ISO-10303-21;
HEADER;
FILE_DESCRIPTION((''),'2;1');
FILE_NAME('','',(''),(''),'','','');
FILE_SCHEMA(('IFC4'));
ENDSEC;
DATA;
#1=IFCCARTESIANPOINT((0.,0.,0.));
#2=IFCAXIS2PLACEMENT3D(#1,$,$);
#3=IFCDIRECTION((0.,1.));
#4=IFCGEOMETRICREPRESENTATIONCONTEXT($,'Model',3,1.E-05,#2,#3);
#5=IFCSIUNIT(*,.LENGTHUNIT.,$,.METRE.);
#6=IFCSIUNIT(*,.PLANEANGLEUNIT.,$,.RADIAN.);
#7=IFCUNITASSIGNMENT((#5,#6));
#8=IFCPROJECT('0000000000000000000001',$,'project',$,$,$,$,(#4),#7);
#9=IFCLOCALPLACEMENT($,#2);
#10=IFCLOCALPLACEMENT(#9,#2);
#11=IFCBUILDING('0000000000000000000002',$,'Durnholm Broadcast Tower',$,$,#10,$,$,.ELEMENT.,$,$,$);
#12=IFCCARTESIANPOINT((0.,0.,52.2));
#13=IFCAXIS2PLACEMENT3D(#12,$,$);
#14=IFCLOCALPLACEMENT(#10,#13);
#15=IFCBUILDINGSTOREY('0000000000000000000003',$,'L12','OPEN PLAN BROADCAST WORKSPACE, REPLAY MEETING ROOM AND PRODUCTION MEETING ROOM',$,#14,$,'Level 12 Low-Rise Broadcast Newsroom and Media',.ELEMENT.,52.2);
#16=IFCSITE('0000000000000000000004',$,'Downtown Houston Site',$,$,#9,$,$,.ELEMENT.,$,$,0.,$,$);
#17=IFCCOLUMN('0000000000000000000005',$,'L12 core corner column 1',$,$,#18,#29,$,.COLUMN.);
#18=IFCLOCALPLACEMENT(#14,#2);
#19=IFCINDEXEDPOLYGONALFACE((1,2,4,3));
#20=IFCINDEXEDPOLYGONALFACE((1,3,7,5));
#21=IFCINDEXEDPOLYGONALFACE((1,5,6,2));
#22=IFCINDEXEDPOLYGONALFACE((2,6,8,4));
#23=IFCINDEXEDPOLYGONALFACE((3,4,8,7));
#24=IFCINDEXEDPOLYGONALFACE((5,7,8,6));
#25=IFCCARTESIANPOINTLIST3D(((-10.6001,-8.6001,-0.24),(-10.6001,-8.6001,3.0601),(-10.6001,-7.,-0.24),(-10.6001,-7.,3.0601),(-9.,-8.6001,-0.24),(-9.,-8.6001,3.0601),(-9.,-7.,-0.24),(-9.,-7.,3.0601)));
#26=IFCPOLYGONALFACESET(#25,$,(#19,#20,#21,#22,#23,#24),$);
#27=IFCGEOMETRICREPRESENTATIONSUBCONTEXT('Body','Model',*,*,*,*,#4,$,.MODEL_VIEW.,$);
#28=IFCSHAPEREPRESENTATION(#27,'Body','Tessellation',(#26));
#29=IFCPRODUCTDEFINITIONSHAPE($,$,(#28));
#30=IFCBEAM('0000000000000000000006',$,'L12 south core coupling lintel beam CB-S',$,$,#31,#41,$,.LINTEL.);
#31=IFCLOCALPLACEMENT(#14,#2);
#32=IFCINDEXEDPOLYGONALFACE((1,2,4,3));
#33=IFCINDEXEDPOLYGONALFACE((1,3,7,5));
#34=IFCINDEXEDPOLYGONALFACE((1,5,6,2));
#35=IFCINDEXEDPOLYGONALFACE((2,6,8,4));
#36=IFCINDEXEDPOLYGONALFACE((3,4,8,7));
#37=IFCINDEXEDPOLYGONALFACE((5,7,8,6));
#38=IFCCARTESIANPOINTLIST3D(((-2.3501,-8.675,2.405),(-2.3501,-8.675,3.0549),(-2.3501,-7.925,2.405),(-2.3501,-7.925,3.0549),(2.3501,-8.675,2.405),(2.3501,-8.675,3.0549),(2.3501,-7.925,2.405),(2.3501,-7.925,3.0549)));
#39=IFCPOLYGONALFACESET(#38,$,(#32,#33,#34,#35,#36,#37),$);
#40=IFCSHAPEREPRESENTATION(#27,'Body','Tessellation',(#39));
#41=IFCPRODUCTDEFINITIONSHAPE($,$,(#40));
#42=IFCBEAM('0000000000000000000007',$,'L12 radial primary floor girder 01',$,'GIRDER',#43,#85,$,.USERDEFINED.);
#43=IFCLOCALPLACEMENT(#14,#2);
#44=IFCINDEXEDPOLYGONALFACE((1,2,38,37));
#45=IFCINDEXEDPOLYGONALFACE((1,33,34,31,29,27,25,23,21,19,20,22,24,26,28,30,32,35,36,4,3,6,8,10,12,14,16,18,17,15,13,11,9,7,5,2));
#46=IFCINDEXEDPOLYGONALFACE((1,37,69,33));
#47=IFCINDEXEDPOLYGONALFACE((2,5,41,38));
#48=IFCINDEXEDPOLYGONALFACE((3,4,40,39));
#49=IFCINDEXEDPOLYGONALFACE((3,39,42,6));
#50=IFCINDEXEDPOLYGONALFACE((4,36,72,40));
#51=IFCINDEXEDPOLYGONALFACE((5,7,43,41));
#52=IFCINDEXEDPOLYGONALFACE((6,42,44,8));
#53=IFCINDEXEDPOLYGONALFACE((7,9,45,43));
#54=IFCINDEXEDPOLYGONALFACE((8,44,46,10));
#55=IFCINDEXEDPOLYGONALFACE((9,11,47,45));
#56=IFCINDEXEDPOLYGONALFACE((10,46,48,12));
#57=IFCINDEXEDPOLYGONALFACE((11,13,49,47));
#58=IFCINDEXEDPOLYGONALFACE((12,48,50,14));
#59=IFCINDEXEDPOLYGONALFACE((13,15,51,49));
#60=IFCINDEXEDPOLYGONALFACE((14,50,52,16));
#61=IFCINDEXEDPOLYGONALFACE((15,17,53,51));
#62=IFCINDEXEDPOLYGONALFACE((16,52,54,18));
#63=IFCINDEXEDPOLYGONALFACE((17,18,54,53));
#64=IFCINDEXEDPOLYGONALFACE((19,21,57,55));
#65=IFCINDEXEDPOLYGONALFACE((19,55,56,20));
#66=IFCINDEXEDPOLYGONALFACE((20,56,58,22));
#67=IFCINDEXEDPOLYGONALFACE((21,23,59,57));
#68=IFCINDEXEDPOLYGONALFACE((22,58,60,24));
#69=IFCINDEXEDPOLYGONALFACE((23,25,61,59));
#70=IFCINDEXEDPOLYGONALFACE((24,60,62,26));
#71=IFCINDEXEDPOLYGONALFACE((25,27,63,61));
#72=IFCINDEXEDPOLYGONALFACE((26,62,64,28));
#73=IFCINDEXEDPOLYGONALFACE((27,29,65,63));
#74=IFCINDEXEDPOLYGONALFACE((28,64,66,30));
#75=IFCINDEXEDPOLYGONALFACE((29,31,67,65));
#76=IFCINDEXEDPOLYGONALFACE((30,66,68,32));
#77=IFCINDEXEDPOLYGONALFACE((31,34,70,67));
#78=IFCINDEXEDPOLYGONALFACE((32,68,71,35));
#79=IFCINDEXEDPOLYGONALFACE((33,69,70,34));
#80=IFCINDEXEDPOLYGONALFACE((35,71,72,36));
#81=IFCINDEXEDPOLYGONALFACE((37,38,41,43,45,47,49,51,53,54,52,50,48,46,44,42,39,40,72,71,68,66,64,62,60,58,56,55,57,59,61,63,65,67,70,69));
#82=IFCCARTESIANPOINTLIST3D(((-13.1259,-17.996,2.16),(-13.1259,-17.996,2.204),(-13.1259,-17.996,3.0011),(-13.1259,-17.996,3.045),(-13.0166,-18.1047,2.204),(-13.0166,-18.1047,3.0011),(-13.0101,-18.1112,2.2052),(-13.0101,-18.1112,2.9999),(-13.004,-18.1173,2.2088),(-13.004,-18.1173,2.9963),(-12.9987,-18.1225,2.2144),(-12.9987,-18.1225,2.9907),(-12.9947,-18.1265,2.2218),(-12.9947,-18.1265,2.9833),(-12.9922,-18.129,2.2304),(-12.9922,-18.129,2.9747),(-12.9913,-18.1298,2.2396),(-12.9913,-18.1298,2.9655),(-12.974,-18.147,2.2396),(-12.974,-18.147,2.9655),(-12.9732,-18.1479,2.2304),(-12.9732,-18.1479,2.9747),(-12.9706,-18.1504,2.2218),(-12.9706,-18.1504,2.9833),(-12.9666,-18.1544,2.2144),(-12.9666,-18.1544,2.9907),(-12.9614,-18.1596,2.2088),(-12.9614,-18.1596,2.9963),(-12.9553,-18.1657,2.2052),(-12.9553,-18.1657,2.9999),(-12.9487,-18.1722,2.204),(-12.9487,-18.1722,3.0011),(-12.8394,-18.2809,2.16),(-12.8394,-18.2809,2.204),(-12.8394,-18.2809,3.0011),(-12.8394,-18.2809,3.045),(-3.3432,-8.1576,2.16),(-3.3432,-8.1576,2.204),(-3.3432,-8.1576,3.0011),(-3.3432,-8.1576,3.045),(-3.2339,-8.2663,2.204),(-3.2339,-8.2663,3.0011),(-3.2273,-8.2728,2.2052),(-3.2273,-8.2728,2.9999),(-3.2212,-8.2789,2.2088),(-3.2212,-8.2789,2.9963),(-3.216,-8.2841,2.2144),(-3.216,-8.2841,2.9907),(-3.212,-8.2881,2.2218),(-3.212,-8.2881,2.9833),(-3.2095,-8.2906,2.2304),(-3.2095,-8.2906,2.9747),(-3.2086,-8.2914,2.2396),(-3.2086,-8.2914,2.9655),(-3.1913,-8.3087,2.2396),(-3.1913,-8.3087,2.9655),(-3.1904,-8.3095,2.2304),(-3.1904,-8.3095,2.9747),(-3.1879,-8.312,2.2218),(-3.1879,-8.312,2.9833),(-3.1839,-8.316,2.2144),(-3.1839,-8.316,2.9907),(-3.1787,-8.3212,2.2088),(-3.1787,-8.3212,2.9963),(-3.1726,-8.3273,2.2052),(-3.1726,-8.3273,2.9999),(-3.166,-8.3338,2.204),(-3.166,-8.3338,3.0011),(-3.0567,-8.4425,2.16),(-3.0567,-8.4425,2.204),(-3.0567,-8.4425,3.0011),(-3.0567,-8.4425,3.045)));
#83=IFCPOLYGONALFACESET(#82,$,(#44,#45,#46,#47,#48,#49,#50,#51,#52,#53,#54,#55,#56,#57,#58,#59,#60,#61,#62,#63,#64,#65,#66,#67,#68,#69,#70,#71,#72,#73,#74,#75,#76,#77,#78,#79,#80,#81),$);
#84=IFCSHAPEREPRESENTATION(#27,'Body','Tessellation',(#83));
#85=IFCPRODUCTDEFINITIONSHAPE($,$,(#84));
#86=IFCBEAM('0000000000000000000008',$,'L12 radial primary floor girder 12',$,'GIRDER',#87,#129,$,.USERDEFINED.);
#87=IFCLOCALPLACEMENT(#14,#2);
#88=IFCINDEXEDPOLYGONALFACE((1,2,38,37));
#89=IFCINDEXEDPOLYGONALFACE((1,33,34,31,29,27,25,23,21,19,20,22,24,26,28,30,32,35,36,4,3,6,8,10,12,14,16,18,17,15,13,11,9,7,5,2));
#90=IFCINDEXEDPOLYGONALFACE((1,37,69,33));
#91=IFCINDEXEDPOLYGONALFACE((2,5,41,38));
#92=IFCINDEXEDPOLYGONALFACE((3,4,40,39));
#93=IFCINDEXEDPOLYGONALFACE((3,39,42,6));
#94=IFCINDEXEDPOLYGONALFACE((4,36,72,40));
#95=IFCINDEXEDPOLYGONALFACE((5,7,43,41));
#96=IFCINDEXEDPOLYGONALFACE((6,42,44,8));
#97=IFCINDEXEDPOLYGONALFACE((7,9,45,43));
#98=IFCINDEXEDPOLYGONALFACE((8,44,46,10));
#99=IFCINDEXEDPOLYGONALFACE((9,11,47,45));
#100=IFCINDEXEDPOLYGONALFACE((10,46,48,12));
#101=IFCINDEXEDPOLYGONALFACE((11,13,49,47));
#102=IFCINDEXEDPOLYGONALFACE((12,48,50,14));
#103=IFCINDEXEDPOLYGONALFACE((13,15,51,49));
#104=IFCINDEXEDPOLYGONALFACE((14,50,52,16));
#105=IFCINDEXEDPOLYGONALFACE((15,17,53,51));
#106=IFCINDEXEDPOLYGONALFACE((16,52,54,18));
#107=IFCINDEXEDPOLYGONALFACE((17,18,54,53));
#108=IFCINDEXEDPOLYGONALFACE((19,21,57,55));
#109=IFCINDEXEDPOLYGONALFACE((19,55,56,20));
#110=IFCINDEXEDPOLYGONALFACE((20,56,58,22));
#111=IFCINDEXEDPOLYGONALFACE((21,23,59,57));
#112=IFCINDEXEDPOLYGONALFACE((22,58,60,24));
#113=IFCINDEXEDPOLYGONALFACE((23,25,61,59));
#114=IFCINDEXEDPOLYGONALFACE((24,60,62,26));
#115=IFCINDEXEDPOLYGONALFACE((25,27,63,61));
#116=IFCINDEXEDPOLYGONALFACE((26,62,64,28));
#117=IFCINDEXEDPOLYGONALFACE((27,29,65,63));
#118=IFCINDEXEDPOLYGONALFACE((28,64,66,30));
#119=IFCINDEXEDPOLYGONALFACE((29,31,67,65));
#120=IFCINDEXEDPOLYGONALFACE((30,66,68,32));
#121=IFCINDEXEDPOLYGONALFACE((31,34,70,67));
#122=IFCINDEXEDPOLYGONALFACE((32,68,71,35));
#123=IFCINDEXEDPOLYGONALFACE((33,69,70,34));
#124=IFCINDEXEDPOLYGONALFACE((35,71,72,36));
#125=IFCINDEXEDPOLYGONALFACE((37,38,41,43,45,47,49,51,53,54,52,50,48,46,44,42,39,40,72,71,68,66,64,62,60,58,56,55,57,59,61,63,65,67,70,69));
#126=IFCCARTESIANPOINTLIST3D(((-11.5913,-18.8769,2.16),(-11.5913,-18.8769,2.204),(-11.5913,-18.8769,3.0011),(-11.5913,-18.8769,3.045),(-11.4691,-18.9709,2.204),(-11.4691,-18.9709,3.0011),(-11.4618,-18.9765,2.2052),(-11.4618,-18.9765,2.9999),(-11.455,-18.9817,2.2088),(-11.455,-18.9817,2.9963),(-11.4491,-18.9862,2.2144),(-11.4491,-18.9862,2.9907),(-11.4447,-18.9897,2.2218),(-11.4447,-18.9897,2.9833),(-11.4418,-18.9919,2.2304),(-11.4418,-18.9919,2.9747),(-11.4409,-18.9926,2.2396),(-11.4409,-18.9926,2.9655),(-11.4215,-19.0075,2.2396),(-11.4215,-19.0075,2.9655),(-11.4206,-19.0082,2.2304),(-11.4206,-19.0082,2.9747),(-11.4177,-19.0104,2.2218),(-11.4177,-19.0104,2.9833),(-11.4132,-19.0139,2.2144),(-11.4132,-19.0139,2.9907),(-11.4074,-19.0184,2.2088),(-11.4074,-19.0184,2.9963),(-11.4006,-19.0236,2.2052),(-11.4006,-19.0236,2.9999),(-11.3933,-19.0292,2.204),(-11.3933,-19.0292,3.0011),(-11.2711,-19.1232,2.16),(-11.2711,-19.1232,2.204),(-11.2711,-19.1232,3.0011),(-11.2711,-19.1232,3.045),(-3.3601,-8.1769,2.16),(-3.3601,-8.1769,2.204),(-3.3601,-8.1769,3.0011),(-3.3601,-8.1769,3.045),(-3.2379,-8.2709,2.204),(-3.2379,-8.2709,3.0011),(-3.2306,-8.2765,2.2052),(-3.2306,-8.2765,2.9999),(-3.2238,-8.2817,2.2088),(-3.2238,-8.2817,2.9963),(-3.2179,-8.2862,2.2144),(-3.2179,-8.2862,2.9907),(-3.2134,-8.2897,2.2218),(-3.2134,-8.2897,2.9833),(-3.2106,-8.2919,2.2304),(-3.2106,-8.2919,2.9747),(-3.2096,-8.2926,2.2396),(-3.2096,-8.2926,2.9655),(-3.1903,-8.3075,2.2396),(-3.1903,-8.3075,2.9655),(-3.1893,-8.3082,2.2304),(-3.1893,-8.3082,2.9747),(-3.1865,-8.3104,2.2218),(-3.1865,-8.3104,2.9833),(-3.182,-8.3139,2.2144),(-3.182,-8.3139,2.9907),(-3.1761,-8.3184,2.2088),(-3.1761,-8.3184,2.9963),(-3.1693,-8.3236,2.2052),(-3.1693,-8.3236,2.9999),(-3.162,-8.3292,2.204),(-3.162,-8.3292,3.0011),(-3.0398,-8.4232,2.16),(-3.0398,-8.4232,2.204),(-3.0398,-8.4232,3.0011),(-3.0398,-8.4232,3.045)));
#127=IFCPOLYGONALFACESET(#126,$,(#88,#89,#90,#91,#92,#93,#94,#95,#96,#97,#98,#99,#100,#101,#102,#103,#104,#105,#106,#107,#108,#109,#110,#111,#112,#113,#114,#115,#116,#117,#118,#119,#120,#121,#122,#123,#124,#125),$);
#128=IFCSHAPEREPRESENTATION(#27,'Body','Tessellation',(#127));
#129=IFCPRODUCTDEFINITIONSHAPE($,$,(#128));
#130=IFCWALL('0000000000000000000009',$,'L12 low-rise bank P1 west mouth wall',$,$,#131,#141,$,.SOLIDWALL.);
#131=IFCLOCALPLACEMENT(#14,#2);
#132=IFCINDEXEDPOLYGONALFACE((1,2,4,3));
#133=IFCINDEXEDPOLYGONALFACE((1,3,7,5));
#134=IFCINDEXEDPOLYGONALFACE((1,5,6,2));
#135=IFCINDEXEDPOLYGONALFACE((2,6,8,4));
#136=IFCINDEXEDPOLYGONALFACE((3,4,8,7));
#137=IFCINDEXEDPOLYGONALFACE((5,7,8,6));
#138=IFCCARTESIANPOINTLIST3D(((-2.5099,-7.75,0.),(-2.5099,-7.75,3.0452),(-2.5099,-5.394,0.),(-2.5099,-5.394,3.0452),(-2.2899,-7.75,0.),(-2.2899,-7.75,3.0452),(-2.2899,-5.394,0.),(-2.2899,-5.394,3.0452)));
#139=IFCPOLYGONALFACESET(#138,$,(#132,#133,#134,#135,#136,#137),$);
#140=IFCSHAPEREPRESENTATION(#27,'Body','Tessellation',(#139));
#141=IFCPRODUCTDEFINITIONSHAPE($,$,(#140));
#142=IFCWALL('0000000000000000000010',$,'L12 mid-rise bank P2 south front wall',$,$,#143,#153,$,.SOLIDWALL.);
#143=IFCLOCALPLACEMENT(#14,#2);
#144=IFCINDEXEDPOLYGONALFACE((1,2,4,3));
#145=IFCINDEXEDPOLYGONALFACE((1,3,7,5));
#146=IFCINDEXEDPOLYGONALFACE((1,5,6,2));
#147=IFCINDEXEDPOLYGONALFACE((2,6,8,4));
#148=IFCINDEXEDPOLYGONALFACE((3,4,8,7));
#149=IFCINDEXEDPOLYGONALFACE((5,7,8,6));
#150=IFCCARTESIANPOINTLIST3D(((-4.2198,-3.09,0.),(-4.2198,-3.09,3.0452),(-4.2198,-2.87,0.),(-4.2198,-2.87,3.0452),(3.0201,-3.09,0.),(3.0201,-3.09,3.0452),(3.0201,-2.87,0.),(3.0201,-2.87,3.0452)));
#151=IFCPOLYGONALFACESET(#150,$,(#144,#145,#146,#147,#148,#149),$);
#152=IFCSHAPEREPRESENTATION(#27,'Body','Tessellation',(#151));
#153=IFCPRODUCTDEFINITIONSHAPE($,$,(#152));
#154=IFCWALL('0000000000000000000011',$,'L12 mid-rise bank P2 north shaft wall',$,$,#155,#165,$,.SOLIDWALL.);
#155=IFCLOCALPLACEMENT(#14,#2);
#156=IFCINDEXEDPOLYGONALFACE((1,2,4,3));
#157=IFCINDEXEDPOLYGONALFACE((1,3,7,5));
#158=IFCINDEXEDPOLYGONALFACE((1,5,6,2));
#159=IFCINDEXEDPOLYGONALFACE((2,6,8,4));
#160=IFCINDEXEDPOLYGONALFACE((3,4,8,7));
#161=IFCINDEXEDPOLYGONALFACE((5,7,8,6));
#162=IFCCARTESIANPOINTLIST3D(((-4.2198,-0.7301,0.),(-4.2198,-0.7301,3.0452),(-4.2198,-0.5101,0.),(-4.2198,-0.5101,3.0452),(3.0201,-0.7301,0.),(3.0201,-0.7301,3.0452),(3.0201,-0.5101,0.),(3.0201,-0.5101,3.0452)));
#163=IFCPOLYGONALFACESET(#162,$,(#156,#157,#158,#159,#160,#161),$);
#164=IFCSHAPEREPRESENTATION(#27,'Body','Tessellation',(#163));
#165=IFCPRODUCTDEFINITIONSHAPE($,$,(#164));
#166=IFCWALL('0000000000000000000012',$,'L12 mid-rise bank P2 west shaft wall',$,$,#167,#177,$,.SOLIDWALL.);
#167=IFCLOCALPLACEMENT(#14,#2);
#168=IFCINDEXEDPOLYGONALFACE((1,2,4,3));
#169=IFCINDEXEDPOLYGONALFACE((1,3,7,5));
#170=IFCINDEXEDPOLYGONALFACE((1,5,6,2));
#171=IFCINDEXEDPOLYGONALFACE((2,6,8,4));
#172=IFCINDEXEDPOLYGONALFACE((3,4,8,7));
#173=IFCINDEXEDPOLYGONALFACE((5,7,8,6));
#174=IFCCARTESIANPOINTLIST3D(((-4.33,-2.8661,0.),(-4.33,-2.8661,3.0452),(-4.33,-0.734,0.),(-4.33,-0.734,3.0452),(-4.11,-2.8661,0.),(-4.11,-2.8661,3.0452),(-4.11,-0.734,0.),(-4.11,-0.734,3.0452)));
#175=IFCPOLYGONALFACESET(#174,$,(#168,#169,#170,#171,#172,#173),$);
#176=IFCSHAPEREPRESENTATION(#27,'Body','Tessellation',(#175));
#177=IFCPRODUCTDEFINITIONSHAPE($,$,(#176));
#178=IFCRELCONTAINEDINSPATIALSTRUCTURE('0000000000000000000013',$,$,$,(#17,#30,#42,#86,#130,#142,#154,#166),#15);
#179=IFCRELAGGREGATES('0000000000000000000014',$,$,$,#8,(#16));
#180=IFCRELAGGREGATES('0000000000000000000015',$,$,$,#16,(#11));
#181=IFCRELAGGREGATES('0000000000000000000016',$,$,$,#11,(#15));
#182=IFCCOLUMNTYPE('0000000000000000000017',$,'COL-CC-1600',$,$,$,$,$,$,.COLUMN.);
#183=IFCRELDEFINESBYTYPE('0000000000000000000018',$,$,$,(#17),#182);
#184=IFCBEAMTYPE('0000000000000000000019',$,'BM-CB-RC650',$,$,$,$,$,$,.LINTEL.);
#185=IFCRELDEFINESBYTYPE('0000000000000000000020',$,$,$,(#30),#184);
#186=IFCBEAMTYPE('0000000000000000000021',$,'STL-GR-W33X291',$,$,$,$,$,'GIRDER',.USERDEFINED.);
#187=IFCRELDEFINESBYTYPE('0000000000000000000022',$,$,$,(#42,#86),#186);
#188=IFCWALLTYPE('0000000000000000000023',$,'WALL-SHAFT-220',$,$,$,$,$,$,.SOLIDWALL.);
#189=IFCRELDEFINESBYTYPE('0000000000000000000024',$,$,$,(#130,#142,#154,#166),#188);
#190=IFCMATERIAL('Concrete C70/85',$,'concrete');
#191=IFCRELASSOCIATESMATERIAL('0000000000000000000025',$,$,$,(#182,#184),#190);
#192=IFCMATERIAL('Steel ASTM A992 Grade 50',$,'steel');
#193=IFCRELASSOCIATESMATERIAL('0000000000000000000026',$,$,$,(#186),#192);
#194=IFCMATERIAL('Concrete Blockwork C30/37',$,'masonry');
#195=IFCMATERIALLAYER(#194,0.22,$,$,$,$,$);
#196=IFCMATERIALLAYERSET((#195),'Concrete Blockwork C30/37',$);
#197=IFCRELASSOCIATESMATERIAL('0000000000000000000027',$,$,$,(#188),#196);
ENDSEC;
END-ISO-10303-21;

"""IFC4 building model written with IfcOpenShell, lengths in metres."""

from ifc_helpers import new_model, si_unit, direction, frame, frame_2d, origin, origin_2d, place, context, subcontext, project, spatial, rectangle, i_section, extrude, source, transform, mapped, material, layer, layer_set, material_profile, profile_set, type_object, type_shapes, element, save


model = new_model("IFC4")

# Units and contexts
model_context = context("Model", 3, precision=1e-05, world=origin(), true_north=direction((0.0, 1.0)))
body_context = subcontext(model_context, "Body", "Model", "MODEL_VIEW")
ifc_project = project(units=[si_unit("LENGTHUNIT", "METRE"), si_unit("PLANEANGLEUNIT", "RADIAN")], contexts=[model_context])

# Site, building, storey
site_placement = place(None, origin())
site = spatial("IfcSite", under=ifc_project, at=site_placement, Name="Downtown Houston Site", CompositionType="ELEMENT", RefElevation=0.0)
building_placement = place(site_placement, origin())
building = spatial("IfcBuilding", under=site, at=building_placement, Name="Durnholm Broadcast Tower", CompositionType="ELEMENT")
storey_placement = place(building_placement, frame((0.0, 0.0, 52.2)))
storey = spatial("IfcBuildingStorey", under=building, at=storey_placement, Name="L12", Description="OPEN PLAN BROADCAST WORKSPACE, REPLAY MEETING ROOM AND PRODUCTION MEETING ROOM", LongName="Level 12 Low-Rise Broadcast Newsroom and Media", CompositionType="ELEMENT", Elevation=52.2)

# Column
ifc_material_1 = material(Name="Concrete C70/85", Category="concrete")
ifc_material_profile_1 = material_profile(ifc_material_1, rectangle(XDim=1.6001, YDim=1.6001, at=origin_2d()), Name="RC1600X1600")
ifc_profile_set_1 = profile_set([ifc_material_profile_1], Name="Concrete C70/85")
column_type = type_object("IfcColumnType", Name="COL-CC-1600", PredefinedType="COLUMN", material=ifc_profile_set_1)
shared_shape_1 = source(origin(), body_context, "Body", "SweptSolid", [
    extrude(rectangle(XDim=1.6001, YDim=1.6001, at=origin_2d()), origin(), (0.0, 0.0, 1.0), 3.3),
])
type_shapes(column_type, [shared_shape_1])
column_placement = place(storey_placement, frame((-9.8, -7.8, -0.24), z_axis=(0.0, 0.0, 1.0), x_axis=(1.0, 0.0, 0.0)))
element("IfcColumn", 1, at=column_placement, inside=storey, type_object=column_type, Name="L12 core corner column 1", PredefinedType="COLUMN", context=body_context, shape_type="MappedRepresentation", body=[
    mapped(shared_shape_1, transform((0.0, 0.0, 0.0), x_axis=(1.0, 0.0, 0.0), y_axis=(0.0, 1.0, 0.0), z_axis=(0.0, 0.0, 1.0), scale=1.0)),
])

# Beams
ifc_material_profile_2 = material_profile(ifc_material_1, rectangle(XDim=0.75, YDim=0.6499, at=origin_2d()), Name="RC750X650")
ifc_profile_set_2 = profile_set([ifc_material_profile_2], Name="Concrete C70/85")
beam_type_1 = type_object("IfcBeamType", Name="BM-CB-RC650", PredefinedType="LINTEL", material=ifc_profile_set_2)
shared_shape_2 = source(origin(), body_context, "Body", "SweptSolid", [
    extrude(rectangle(XDim=0.75, YDim=0.6499, at=origin_2d()), origin(), (0.0, 0.0, 1.0), 4.7002),
])
type_shapes(beam_type_1, [shared_shape_2])
beam_1_placement = place(storey_placement, frame((-2.3501, -8.3, 2.73), z_axis=(1.0, 0.0, 0.0), x_axis=(0.0, 1.0, 0.0)))
element("IfcBeam", 2, at=beam_1_placement, inside=storey, type_object=beam_type_1, Name="L12 south core coupling lintel beam CB-S", PredefinedType="LINTEL", context=body_context, shape_type="MappedRepresentation", body=[
    mapped(shared_shape_2, transform((0.0, 0.0, 0.0), x_axis=(1.0, 0.0, 0.0), y_axis=(0.0, 1.0, 0.0), z_axis=(0.0, 0.0, 1.0), scale=1.0)),
])
ifc_material_2 = material(Name="Steel ASTM A992 Grade 50", Category="steel")
ifc_material_profile_3 = material_profile(ifc_material_2, i_section(OverallWidth=0.4041, OverallDepth=0.885, WebThickness=0.0244, FlangeThickness=0.0439, FilletRadius=0.0356, at=origin_2d()), Name="W33X291")
ifc_profile_set_3 = profile_set([ifc_material_profile_3], Name="Steel ASTM A992 Grade 50")
beam_type_2 = type_object("IfcBeamType", Name="STL-GR-W33X291", ElementType="GIRDER", PredefinedType="USERDEFINED", material=ifc_profile_set_3)
shared_shape_3 = source(origin(), body_context, "Body", "SweptSolid", [
    extrude(i_section(OverallWidth=0.4041, OverallDepth=0.885, WebThickness=0.0244, FlangeThickness=0.0439, FilletRadius=0.0356, at=origin_2d()), origin(), (0.0, 0.0, 1.0), 13.8743),
])
beam_2_placement = place(storey_placement, frame((-3.2, -8.3, 2.6025), z_axis=(-0.705098, -0.70911, 0.0), x_axis=(0.70911, -0.705098, 0.0)))
element("IfcBeam", 3, at=beam_2_placement, inside=storey, type_object=beam_type_2, Name="L12 radial primary floor girder 01", ObjectType="GIRDER", PredefinedType="USERDEFINED", context=body_context, shape_type="MappedRepresentation", body=[
    mapped(shared_shape_3, transform((0.0, 0.0, 0.0), x_axis=(1.0, 0.0, 0.0), y_axis=(0.0, 1.0, 0.0), z_axis=(0.0, 0.0, 1.0), scale=1.0)),
])
shared_shape_4 = source(origin(), body_context, "Body", "SweptSolid", [
    extrude(i_section(OverallWidth=0.4041, OverallDepth=0.885, WebThickness=0.0244, FlangeThickness=0.0439, FilletRadius=0.0356, at=origin_2d()), origin(), (0.0, 0.0, 1.0), 13.4998),
])
type_shapes(beam_type_2, [shared_shape_3, shared_shape_4])
beam_3_placement = place(storey_placement, frame((-3.2, -8.3, 2.6025), z_axis=(-0.609733, -0.792607, 0.0), x_axis=(0.792607, -0.609733, 0.0)))
element("IfcBeam", 4, at=beam_3_placement, inside=storey, type_object=beam_type_2, Name="L12 radial primary floor girder 12", ObjectType="GIRDER", PredefinedType="USERDEFINED", context=body_context, shape_type="MappedRepresentation", body=[
    mapped(shared_shape_4, transform((0.0, 0.0, 0.0), x_axis=(1.0, 0.0, 0.0), y_axis=(0.0, 1.0, 0.0), z_axis=(0.0, 0.0, 1.0), scale=1.0)),
])

# Shared definitions
ifc_material_3 = material(Name="Concrete Blockwork C30/37", Category="masonry")
ifc_layer_1 = layer(ifc_material_3, 0.22)
ifc_layer_set_1 = layer_set([ifc_layer_1], Name="Concrete Blockwork C30/37")
wall_type_1 = type_object("IfcWallType", Name="WALL-SHAFT-220", PredefinedType="SOLIDWALL", material=ifc_layer_set_1)

# Walls
wall_1_placement = place(storey_placement, frame((-2.3999, -7.75, 0.0), z_axis=(0.0, 0.0, 1.0), x_axis=(0.0, 1.0, 0.0)))
element("IfcWall", 5, at=wall_1_placement, inside=storey, type_object=wall_type_1, Name="L12 low-rise bank P1 west mouth wall", PredefinedType="SOLIDWALL", context=body_context, shape_type="SweptSolid", body=[
    extrude(rectangle(XDim=2.356, YDim=0.22, at=frame_2d((1.178, 0.0))), origin(), (0.0, 0.0, 1.0), 3.0452),
])
for number, where, z_axis, x_axis, name in (
    (6, (-4.22, -2.98, 0.0), (0.0, 0.0, 1.0), (1.0, 0.0, 0.0), "L12 mid-rise bank P2 south front wall"),
    (7, (-4.22, -0.6201, 0.0), (0.0, 0.0, 1.0), (1.0, 0.0, 0.0), "L12 mid-rise bank P2 north shaft wall"),
):
    element("IfcWall", number, at=place(storey_placement, frame(where, z_axis=z_axis, x_axis=x_axis)), inside=storey, type_object=wall_type_1, Name=name, PredefinedType="SOLIDWALL", context=body_context, shape_type="SweptSolid", body=[
        extrude(rectangle(XDim=7.24, YDim=0.22, at=frame_2d((3.6201, 0.0))), origin(), (0.0, 0.0, 1.0), 3.0452),
    ])
wall_2_placement = place(storey_placement, frame((-4.22, -2.866, 0.0), z_axis=(0.0, 0.0, 1.0), x_axis=(0.0, 1.0, 0.0)))
element("IfcWall", 8, at=wall_2_placement, inside=storey, type_object=wall_type_1, Name="L12 mid-rise bank P2 west shaft wall", PredefinedType="SOLIDWALL", context=body_context, shape_type="SweptSolid", body=[
    extrude(rectangle(XDim=2.1321, YDim=0.22, at=frame_2d((1.0659, 0.0))), origin(), (0.0, 0.0, 1.0), 3.0452),
])

save(model, "model.ifc")
